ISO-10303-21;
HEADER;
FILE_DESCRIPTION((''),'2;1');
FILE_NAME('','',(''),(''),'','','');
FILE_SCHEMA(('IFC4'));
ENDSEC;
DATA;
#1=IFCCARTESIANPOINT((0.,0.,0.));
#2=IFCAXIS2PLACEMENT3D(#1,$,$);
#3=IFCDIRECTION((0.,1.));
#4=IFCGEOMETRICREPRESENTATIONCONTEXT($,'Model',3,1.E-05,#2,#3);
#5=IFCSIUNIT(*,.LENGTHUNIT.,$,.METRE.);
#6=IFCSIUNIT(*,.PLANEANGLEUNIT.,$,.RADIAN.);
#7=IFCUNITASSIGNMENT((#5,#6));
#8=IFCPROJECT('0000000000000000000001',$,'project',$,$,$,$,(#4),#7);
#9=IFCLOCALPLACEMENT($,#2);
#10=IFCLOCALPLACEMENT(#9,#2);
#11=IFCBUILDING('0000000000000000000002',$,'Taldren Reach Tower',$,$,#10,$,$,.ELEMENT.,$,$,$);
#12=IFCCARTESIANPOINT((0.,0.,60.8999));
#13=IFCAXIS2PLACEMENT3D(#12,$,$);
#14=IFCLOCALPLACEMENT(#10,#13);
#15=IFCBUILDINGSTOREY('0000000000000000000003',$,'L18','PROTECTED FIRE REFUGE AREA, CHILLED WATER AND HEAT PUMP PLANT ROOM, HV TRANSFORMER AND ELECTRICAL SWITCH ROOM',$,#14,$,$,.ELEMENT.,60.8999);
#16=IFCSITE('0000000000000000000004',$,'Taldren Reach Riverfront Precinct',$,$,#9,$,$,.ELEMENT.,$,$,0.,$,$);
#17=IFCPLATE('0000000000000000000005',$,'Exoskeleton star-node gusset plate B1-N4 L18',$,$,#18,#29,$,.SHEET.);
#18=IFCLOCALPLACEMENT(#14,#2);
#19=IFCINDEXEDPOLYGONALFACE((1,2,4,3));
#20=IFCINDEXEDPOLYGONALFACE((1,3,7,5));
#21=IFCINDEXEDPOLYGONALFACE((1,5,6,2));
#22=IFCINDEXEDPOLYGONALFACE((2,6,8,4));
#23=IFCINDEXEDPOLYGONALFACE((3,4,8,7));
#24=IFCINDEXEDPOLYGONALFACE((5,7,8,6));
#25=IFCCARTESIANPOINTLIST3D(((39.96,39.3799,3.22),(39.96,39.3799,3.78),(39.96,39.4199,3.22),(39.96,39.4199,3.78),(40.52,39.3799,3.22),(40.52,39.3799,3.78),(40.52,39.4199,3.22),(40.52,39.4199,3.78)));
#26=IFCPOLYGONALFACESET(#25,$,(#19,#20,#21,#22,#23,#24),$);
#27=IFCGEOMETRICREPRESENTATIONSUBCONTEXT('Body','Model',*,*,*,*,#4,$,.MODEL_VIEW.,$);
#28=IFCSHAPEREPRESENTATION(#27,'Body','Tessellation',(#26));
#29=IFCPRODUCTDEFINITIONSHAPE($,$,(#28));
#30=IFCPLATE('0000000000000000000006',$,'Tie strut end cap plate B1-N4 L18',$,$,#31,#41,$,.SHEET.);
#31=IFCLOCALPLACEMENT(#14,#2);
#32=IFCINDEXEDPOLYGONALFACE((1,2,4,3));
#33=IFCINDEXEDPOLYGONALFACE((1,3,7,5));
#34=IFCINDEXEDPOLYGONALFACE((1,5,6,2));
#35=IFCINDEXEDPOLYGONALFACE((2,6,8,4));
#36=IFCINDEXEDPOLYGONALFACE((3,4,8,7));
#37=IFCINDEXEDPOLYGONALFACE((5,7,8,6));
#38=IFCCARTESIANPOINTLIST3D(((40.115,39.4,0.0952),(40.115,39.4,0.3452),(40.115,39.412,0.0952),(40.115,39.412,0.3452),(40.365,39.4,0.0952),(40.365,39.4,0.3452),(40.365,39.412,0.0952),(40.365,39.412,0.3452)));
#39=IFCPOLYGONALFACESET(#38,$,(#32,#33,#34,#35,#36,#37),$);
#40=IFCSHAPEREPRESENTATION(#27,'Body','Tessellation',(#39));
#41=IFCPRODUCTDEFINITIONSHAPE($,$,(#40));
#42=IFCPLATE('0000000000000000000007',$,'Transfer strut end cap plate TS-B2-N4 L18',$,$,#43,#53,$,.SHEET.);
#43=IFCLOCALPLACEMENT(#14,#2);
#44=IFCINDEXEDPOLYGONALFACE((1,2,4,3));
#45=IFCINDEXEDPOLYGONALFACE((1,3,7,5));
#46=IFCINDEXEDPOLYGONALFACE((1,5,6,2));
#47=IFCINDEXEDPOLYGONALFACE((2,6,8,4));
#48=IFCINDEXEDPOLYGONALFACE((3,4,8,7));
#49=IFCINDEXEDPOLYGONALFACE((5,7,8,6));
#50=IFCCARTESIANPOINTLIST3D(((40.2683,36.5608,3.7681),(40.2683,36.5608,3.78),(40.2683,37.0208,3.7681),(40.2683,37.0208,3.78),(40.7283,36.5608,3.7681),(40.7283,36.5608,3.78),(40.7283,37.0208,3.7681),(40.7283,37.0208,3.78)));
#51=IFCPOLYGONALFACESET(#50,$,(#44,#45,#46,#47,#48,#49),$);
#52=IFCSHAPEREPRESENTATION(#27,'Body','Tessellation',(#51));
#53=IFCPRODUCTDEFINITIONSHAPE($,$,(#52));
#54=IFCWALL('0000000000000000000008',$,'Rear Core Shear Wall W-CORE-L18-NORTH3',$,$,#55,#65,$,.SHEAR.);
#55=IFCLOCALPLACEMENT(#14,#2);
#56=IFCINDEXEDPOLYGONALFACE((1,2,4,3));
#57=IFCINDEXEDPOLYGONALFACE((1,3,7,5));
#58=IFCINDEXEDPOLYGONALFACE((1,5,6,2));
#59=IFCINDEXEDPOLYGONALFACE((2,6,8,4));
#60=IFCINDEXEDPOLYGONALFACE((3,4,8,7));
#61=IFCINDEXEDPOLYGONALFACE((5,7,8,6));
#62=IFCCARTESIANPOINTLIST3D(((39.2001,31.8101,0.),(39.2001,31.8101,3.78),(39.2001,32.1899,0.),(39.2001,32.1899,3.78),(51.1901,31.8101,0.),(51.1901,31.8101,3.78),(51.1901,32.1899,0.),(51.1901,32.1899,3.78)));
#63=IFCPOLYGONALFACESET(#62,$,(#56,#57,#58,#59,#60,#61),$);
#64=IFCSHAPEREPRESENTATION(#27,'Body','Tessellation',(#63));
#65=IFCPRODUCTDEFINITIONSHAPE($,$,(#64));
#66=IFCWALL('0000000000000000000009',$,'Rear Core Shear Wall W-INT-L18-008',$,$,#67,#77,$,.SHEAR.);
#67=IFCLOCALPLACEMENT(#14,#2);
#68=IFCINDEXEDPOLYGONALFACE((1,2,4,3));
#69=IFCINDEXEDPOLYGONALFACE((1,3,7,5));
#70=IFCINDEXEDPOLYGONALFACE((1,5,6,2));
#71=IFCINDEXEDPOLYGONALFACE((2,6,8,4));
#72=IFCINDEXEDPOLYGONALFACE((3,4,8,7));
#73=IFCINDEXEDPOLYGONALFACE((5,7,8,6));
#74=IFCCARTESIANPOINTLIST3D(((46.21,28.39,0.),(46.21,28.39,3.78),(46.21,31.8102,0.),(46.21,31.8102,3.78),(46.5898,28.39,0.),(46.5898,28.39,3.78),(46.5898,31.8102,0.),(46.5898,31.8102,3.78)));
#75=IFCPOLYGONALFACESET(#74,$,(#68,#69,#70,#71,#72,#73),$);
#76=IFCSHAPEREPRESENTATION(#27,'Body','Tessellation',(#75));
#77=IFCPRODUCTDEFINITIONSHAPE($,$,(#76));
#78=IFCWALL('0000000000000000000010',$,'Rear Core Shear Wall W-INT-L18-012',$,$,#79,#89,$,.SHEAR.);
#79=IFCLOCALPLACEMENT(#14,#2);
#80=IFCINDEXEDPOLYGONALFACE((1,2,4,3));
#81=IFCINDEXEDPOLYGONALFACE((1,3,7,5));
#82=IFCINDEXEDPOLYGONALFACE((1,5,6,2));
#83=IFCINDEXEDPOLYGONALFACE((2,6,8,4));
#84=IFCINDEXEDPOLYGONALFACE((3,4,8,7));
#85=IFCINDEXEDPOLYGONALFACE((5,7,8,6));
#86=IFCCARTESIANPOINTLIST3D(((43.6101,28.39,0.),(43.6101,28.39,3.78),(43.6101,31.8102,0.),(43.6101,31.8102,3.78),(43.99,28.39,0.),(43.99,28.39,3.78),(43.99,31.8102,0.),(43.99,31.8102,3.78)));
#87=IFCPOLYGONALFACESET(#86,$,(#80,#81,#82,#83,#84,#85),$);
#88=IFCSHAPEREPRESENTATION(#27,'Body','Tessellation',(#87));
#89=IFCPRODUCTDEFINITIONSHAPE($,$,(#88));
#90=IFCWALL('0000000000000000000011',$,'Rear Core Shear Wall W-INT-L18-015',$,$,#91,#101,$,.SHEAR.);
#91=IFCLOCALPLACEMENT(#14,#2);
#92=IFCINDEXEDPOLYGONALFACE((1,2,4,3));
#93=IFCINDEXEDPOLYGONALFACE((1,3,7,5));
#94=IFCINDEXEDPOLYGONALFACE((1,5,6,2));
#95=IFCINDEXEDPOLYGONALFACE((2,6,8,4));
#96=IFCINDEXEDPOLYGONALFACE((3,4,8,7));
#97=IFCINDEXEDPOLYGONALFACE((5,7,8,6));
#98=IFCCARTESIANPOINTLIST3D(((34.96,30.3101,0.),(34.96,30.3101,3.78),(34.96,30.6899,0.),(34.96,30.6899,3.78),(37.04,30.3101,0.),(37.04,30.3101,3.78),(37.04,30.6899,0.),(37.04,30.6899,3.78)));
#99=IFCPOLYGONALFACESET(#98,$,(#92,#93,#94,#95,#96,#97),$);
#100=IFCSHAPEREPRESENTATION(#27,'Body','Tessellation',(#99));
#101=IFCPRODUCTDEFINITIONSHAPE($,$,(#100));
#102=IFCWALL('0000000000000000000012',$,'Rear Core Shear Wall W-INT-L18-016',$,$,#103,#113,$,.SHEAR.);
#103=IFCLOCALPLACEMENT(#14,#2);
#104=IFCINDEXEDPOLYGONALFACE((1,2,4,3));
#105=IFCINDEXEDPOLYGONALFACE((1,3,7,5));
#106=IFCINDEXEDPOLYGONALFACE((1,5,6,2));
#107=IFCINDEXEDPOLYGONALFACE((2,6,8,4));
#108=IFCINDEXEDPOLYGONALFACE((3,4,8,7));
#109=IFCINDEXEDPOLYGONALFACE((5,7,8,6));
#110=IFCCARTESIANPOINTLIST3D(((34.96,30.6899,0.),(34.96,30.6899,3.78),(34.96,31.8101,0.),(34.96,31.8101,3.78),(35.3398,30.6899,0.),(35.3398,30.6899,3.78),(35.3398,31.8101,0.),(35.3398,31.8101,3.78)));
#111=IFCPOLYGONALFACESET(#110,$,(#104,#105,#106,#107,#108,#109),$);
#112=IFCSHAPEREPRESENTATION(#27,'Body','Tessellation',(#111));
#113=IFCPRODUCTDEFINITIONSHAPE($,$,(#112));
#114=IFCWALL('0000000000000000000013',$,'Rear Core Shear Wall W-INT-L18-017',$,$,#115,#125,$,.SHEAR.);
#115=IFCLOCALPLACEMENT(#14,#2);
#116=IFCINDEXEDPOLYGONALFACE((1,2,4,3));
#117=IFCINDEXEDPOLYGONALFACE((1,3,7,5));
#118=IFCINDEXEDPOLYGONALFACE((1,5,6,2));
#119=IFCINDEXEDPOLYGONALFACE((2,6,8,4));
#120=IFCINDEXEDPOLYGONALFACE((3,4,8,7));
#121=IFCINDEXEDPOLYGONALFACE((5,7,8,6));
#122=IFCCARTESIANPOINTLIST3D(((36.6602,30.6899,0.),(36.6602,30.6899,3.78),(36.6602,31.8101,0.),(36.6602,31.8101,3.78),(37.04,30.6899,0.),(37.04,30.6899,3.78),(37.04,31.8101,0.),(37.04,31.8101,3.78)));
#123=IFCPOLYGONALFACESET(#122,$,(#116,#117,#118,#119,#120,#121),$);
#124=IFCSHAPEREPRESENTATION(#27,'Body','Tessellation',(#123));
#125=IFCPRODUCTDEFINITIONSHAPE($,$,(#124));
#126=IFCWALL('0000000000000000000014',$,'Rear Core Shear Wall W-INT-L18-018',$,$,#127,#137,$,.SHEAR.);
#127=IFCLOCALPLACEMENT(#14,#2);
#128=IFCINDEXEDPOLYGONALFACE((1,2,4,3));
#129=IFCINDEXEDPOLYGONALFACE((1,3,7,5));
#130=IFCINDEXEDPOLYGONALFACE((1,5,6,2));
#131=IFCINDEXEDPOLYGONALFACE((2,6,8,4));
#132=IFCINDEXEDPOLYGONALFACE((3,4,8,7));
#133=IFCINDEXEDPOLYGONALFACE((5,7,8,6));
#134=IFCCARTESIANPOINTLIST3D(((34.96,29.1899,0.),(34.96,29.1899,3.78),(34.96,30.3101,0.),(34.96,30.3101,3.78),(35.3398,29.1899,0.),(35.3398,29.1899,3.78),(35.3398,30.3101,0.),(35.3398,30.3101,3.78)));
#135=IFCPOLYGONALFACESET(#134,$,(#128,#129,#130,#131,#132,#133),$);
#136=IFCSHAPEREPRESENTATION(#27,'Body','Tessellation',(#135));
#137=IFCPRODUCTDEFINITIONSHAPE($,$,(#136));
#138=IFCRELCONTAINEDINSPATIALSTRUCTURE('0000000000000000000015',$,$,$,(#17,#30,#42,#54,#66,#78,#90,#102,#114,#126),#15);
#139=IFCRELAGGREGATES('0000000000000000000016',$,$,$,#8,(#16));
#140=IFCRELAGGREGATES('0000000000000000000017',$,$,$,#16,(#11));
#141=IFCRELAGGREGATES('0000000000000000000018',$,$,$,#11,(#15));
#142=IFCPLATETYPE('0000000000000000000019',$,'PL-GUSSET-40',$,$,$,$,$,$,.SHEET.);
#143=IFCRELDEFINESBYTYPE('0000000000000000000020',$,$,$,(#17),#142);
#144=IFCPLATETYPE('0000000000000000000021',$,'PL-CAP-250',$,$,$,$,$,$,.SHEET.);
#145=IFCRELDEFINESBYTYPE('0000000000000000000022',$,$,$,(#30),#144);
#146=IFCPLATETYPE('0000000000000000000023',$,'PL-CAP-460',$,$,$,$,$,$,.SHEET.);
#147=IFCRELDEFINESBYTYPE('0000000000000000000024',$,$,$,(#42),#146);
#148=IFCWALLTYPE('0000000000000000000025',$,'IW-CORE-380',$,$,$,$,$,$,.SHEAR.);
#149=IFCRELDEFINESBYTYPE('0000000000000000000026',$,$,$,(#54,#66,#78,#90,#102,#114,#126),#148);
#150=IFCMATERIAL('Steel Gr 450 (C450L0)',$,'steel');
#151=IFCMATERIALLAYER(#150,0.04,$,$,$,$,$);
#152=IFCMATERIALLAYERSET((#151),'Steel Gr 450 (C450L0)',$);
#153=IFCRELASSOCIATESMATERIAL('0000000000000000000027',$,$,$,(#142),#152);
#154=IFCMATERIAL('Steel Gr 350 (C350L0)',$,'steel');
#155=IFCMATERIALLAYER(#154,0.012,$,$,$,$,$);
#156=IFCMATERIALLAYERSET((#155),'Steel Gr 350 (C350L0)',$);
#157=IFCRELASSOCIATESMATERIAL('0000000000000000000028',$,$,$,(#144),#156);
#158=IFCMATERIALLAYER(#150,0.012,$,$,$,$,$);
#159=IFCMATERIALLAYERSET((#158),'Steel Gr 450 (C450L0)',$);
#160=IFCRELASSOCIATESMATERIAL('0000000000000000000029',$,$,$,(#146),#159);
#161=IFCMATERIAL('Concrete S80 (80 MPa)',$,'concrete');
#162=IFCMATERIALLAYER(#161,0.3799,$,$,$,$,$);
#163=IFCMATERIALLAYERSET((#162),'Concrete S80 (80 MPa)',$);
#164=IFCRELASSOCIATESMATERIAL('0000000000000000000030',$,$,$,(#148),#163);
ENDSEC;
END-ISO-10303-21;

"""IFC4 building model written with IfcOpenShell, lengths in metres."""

from ifc_helpers import new_model, si_unit, direction, frame, frame_2d, origin, origin_2d, place, context, subcontext, project, spatial, rectangle, extrude, source, transform, mapped, material, layer, layer_set, type_object, element, save


model = new_model("IFC4")

# Units and contexts
model_context = context("Model", 3, precision=1e-05, world=origin(), true_north=direction((0.0, 1.0)))
body_context = subcontext(model_context, "Body", "Model", "MODEL_VIEW")
ifc_project = project(units=[si_unit("LENGTHUNIT", "METRE"), si_unit("PLANEANGLEUNIT", "RADIAN")], contexts=[model_context])

# Site, building, storey
site_placement = place(None, origin())
site = spatial("IfcSite", under=ifc_project, at=site_placement, Name="Taldren Reach Riverfront Precinct", CompositionType="ELEMENT", RefElevation=0.0)
building_placement = place(site_placement, origin())
building = spatial("IfcBuilding", under=site, at=building_placement, Name="Taldren Reach Tower", CompositionType="ELEMENT")
storey_placement = place(building_placement, frame((0.0, 0.0, 60.8999)))
storey = spatial("IfcBuildingStorey", under=building, at=storey_placement, Name="L18", Description="PROTECTED FIRE REFUGE AREA, CHILLED WATER AND HEAT PUMP PLANT ROOM, HV TRANSFORMER AND ELECTRICAL SWITCH ROOM", CompositionType="ELEMENT", Elevation=60.8999)

# Shared definitions
ifc_material_1 = material(Name="Concrete S80 (80 MPa)", Category="concrete")

# Shared definitions
ifc_material_2 = material(Name="Steel Gr 450 (C450L0)", Category="steel")
ifc_material_3 = material(Name="Steel Gr 350 (C350L0)", Category="steel")

# Plates
ifc_layer_1 = layer(ifc_material_2, 0.04)
ifc_layer_set_1 = layer_set([ifc_layer_1], Name="Steel Gr 450 (C450L0)")
plate_type_1 = type_object("IfcPlateType", Name="PL-GUSSET-40", PredefinedType="SHEET", material=ifc_layer_set_1)
shared_shape_1 = source(origin(), body_context, "Body", "SweptSolid", [
    extrude(rectangle(XDim=0.5601, YDim=0.04, at=origin_2d()), origin(), (0.0, 0.0, 1.0), 0.5601),
])
plate_1_placement = place(storey_placement, frame((40.24, 39.3999, 3.22), z_axis=(0.0, 0.0, 1.0), x_axis=(1.0, 0.0, 0.0)))
element("IfcPlate", 1, at=plate_1_placement, inside=storey, type_object=plate_type_1, Name="Exoskeleton star-node gusset plate B1-N4 L18", PredefinedType="SHEET", context=body_context, shape_type="MappedRepresentation", body=[
    mapped(shared_shape_1, transform((0.0, 0.0, 0.0), scale=1.0)),
])
ifc_layer_2 = layer(ifc_material_3, 0.012)
ifc_layer_set_2 = layer_set([ifc_layer_2], Name="Steel Gr 350 (C350L0)")
plate_type_2 = type_object("IfcPlateType", Name="PL-CAP-250", PredefinedType="SHEET", material=ifc_layer_set_2)
shared_shape_2 = source(origin(), body_context, "Body", "SweptSolid", [
    extrude(rectangle(XDim=0.25, YDim=0.012, at=origin_2d()), origin(), (0.0, 0.0, 1.0), 0.25),
])
plate_2_placement = place(storey_placement, frame((40.24, 39.406, 0.0952), z_axis=(0.0, 0.0, 1.0), x_axis=(1.0, 0.0, 0.0)))
element("IfcPlate", 2, at=plate_2_placement, inside=storey, type_object=plate_type_2, Name="Tie strut end cap plate B1-N4 L18", PredefinedType="SHEET", context=body_context, shape_type="MappedRepresentation", body=[
    mapped(shared_shape_2, transform((0.0, 0.0, 0.0), scale=1.0)),
])
ifc_layer_3 = layer(ifc_material_2, 0.012)
ifc_layer_set_3 = layer_set([ifc_layer_3], Name="Steel Gr 450 (C450L0)")
plate_type_3 = type_object("IfcPlateType", Name="PL-CAP-460", PredefinedType="SHEET", material=ifc_layer_set_3)
shared_shape_3 = source(origin(), body_context, "Body", "SweptSolid", [
    extrude(rectangle(XDim=0.46, YDim=0.46, at=origin_2d()), origin(), (0.0, 0.0, 1.0), 0.012),
])
plate_3_placement = place(storey_placement, frame((40.4983, 36.7908, 3.7681), z_axis=(0.0, 0.0, 1.0), x_axis=(1.0, 0.0, 0.0)))
element("IfcPlate", 3, at=plate_3_placement, inside=storey, type_object=plate_type_3, Name="Transfer strut end cap plate TS-B2-N4 L18", PredefinedType="SHEET", context=body_context, shape_type="MappedRepresentation", body=[
    mapped(shared_shape_3, transform((0.0, 0.0, 0.0), scale=1.0)),
])

# Walls
ifc_layer_4 = layer(ifc_material_1, 0.3799)
ifc_layer_set_4 = layer_set([ifc_layer_4], Name="Concrete S80 (80 MPa)")
wall_type = type_object("IfcWallType", Name="IW-CORE-380", PredefinedType="SHEAR", material=ifc_layer_set_4)
shared_shape_4 = source(origin(), body_context, "Body", "SweptSolid", [
    extrude(rectangle(XDim=11.99, YDim=0.3799, at=frame_2d((5.9951, 0.0))), origin(), (0.0, 0.0, 1.0), 3.78),
])
wall_1_placement = place(storey_placement, frame((39.2, 32.0, 0.0), z_axis=(0.0, 0.0, 1.0), x_axis=(1.0, 0.0, 0.0)))
element("IfcWall", 4, at=wall_1_placement, inside=storey, type_object=wall_type, Name="Rear Core Shear Wall W-CORE-L18-NORTH3", PredefinedType="SHEAR", context=body_context, shape_type="MappedRepresentation", body=[
    mapped(shared_shape_4, transform((0.0, 0.0, 0.0), scale=1.0)),
])
shared_shape_5 = source(origin(), body_context, "Body", "SweptSolid", [
    extrude(rectangle(XDim=3.4202, YDim=0.3799, at=frame_2d((1.71, 0.0))), origin(), (0.0, 0.0, 1.0), 3.78),
])
for number, where, z_axis, x_axis, name in (
    (5, (46.3999, 31.8101, 0.0), (0.0, 0.0, 1.0), (0.0, -1.0, 0.0), "Rear Core Shear Wall W-INT-L18-008"),
    (6, (43.8, 31.8101, 0.0), (0.0, 0.0, 1.0), (0.0, -1.0, 0.0), "Rear Core Shear Wall W-INT-L18-012"),
):
    element("IfcWall", number, at=place(storey_placement, frame(where, z_axis=z_axis, x_axis=x_axis)), inside=storey, type_object=wall_type, Name=name, PredefinedType="SHEAR", context=body_context, shape_type="MappedRepresentation", body=[
        mapped(shared_shape_5, transform((0.0, 0.0, 0.0), scale=1.0)),
    ])
shared_shape_6 = source(origin(), body_context, "Body", "SweptSolid", [
    extrude(rectangle(XDim=2.0801, YDim=0.3799, at=frame_2d((1.04, 0.0))), origin(), (0.0, 0.0, 1.0), 3.78),
])
wall_2_placement = place(storey_placement, frame((34.96, 30.5, 0.0), z_axis=(0.0, 0.0, 1.0), x_axis=(1.0, 0.0, 0.0)))
element("IfcWall", 7, at=wall_2_placement, inside=storey, type_object=wall_type, Name="Rear Core Shear Wall W-INT-L18-015", PredefinedType="SHEAR", context=body_context, shape_type="MappedRepresentation", body=[
    mapped(shared_shape_6, transform((0.0, 0.0, 0.0), scale=1.0)),
])
shared_shape_7 = source(origin(), body_context, "Body", "SweptSolid", [
    extrude(rectangle(XDim=1.1201, YDim=0.3799, at=frame_2d((0.5601, 0.0))), origin(), (0.0, 0.0, 1.0), 3.78),
])
for number, where, z_axis, x_axis, name in (
    (8, (35.1499, 31.8101, 0.0), (0.0, 0.0, 1.0), (0.0, -1.0, 0.0), "Rear Core Shear Wall W-INT-L18-016"),
    (9, (36.8501, 30.6899, 0.0), (0.0, 0.0, 1.0), (0.0, 1.0, 0.0), "Rear Core Shear Wall W-INT-L18-017"),
    (10, (35.1499, 30.3101, 0.0), (0.0, 0.0, 1.0), (0.0, -1.0, 0.0), "Rear Core Shear Wall W-INT-L18-018"),
):
    element("IfcWall", number, at=place(storey_placement, frame(where, z_axis=z_axis, x_axis=x_axis)), inside=storey, type_object=wall_type, Name=name, PredefinedType="SHEAR", context=body_context, shape_type="MappedRepresentation", body=[
        mapped(shared_shape_7, transform((0.0, 0.0, 0.0), scale=1.0)),
    ])

save(model, "model.ifc")
